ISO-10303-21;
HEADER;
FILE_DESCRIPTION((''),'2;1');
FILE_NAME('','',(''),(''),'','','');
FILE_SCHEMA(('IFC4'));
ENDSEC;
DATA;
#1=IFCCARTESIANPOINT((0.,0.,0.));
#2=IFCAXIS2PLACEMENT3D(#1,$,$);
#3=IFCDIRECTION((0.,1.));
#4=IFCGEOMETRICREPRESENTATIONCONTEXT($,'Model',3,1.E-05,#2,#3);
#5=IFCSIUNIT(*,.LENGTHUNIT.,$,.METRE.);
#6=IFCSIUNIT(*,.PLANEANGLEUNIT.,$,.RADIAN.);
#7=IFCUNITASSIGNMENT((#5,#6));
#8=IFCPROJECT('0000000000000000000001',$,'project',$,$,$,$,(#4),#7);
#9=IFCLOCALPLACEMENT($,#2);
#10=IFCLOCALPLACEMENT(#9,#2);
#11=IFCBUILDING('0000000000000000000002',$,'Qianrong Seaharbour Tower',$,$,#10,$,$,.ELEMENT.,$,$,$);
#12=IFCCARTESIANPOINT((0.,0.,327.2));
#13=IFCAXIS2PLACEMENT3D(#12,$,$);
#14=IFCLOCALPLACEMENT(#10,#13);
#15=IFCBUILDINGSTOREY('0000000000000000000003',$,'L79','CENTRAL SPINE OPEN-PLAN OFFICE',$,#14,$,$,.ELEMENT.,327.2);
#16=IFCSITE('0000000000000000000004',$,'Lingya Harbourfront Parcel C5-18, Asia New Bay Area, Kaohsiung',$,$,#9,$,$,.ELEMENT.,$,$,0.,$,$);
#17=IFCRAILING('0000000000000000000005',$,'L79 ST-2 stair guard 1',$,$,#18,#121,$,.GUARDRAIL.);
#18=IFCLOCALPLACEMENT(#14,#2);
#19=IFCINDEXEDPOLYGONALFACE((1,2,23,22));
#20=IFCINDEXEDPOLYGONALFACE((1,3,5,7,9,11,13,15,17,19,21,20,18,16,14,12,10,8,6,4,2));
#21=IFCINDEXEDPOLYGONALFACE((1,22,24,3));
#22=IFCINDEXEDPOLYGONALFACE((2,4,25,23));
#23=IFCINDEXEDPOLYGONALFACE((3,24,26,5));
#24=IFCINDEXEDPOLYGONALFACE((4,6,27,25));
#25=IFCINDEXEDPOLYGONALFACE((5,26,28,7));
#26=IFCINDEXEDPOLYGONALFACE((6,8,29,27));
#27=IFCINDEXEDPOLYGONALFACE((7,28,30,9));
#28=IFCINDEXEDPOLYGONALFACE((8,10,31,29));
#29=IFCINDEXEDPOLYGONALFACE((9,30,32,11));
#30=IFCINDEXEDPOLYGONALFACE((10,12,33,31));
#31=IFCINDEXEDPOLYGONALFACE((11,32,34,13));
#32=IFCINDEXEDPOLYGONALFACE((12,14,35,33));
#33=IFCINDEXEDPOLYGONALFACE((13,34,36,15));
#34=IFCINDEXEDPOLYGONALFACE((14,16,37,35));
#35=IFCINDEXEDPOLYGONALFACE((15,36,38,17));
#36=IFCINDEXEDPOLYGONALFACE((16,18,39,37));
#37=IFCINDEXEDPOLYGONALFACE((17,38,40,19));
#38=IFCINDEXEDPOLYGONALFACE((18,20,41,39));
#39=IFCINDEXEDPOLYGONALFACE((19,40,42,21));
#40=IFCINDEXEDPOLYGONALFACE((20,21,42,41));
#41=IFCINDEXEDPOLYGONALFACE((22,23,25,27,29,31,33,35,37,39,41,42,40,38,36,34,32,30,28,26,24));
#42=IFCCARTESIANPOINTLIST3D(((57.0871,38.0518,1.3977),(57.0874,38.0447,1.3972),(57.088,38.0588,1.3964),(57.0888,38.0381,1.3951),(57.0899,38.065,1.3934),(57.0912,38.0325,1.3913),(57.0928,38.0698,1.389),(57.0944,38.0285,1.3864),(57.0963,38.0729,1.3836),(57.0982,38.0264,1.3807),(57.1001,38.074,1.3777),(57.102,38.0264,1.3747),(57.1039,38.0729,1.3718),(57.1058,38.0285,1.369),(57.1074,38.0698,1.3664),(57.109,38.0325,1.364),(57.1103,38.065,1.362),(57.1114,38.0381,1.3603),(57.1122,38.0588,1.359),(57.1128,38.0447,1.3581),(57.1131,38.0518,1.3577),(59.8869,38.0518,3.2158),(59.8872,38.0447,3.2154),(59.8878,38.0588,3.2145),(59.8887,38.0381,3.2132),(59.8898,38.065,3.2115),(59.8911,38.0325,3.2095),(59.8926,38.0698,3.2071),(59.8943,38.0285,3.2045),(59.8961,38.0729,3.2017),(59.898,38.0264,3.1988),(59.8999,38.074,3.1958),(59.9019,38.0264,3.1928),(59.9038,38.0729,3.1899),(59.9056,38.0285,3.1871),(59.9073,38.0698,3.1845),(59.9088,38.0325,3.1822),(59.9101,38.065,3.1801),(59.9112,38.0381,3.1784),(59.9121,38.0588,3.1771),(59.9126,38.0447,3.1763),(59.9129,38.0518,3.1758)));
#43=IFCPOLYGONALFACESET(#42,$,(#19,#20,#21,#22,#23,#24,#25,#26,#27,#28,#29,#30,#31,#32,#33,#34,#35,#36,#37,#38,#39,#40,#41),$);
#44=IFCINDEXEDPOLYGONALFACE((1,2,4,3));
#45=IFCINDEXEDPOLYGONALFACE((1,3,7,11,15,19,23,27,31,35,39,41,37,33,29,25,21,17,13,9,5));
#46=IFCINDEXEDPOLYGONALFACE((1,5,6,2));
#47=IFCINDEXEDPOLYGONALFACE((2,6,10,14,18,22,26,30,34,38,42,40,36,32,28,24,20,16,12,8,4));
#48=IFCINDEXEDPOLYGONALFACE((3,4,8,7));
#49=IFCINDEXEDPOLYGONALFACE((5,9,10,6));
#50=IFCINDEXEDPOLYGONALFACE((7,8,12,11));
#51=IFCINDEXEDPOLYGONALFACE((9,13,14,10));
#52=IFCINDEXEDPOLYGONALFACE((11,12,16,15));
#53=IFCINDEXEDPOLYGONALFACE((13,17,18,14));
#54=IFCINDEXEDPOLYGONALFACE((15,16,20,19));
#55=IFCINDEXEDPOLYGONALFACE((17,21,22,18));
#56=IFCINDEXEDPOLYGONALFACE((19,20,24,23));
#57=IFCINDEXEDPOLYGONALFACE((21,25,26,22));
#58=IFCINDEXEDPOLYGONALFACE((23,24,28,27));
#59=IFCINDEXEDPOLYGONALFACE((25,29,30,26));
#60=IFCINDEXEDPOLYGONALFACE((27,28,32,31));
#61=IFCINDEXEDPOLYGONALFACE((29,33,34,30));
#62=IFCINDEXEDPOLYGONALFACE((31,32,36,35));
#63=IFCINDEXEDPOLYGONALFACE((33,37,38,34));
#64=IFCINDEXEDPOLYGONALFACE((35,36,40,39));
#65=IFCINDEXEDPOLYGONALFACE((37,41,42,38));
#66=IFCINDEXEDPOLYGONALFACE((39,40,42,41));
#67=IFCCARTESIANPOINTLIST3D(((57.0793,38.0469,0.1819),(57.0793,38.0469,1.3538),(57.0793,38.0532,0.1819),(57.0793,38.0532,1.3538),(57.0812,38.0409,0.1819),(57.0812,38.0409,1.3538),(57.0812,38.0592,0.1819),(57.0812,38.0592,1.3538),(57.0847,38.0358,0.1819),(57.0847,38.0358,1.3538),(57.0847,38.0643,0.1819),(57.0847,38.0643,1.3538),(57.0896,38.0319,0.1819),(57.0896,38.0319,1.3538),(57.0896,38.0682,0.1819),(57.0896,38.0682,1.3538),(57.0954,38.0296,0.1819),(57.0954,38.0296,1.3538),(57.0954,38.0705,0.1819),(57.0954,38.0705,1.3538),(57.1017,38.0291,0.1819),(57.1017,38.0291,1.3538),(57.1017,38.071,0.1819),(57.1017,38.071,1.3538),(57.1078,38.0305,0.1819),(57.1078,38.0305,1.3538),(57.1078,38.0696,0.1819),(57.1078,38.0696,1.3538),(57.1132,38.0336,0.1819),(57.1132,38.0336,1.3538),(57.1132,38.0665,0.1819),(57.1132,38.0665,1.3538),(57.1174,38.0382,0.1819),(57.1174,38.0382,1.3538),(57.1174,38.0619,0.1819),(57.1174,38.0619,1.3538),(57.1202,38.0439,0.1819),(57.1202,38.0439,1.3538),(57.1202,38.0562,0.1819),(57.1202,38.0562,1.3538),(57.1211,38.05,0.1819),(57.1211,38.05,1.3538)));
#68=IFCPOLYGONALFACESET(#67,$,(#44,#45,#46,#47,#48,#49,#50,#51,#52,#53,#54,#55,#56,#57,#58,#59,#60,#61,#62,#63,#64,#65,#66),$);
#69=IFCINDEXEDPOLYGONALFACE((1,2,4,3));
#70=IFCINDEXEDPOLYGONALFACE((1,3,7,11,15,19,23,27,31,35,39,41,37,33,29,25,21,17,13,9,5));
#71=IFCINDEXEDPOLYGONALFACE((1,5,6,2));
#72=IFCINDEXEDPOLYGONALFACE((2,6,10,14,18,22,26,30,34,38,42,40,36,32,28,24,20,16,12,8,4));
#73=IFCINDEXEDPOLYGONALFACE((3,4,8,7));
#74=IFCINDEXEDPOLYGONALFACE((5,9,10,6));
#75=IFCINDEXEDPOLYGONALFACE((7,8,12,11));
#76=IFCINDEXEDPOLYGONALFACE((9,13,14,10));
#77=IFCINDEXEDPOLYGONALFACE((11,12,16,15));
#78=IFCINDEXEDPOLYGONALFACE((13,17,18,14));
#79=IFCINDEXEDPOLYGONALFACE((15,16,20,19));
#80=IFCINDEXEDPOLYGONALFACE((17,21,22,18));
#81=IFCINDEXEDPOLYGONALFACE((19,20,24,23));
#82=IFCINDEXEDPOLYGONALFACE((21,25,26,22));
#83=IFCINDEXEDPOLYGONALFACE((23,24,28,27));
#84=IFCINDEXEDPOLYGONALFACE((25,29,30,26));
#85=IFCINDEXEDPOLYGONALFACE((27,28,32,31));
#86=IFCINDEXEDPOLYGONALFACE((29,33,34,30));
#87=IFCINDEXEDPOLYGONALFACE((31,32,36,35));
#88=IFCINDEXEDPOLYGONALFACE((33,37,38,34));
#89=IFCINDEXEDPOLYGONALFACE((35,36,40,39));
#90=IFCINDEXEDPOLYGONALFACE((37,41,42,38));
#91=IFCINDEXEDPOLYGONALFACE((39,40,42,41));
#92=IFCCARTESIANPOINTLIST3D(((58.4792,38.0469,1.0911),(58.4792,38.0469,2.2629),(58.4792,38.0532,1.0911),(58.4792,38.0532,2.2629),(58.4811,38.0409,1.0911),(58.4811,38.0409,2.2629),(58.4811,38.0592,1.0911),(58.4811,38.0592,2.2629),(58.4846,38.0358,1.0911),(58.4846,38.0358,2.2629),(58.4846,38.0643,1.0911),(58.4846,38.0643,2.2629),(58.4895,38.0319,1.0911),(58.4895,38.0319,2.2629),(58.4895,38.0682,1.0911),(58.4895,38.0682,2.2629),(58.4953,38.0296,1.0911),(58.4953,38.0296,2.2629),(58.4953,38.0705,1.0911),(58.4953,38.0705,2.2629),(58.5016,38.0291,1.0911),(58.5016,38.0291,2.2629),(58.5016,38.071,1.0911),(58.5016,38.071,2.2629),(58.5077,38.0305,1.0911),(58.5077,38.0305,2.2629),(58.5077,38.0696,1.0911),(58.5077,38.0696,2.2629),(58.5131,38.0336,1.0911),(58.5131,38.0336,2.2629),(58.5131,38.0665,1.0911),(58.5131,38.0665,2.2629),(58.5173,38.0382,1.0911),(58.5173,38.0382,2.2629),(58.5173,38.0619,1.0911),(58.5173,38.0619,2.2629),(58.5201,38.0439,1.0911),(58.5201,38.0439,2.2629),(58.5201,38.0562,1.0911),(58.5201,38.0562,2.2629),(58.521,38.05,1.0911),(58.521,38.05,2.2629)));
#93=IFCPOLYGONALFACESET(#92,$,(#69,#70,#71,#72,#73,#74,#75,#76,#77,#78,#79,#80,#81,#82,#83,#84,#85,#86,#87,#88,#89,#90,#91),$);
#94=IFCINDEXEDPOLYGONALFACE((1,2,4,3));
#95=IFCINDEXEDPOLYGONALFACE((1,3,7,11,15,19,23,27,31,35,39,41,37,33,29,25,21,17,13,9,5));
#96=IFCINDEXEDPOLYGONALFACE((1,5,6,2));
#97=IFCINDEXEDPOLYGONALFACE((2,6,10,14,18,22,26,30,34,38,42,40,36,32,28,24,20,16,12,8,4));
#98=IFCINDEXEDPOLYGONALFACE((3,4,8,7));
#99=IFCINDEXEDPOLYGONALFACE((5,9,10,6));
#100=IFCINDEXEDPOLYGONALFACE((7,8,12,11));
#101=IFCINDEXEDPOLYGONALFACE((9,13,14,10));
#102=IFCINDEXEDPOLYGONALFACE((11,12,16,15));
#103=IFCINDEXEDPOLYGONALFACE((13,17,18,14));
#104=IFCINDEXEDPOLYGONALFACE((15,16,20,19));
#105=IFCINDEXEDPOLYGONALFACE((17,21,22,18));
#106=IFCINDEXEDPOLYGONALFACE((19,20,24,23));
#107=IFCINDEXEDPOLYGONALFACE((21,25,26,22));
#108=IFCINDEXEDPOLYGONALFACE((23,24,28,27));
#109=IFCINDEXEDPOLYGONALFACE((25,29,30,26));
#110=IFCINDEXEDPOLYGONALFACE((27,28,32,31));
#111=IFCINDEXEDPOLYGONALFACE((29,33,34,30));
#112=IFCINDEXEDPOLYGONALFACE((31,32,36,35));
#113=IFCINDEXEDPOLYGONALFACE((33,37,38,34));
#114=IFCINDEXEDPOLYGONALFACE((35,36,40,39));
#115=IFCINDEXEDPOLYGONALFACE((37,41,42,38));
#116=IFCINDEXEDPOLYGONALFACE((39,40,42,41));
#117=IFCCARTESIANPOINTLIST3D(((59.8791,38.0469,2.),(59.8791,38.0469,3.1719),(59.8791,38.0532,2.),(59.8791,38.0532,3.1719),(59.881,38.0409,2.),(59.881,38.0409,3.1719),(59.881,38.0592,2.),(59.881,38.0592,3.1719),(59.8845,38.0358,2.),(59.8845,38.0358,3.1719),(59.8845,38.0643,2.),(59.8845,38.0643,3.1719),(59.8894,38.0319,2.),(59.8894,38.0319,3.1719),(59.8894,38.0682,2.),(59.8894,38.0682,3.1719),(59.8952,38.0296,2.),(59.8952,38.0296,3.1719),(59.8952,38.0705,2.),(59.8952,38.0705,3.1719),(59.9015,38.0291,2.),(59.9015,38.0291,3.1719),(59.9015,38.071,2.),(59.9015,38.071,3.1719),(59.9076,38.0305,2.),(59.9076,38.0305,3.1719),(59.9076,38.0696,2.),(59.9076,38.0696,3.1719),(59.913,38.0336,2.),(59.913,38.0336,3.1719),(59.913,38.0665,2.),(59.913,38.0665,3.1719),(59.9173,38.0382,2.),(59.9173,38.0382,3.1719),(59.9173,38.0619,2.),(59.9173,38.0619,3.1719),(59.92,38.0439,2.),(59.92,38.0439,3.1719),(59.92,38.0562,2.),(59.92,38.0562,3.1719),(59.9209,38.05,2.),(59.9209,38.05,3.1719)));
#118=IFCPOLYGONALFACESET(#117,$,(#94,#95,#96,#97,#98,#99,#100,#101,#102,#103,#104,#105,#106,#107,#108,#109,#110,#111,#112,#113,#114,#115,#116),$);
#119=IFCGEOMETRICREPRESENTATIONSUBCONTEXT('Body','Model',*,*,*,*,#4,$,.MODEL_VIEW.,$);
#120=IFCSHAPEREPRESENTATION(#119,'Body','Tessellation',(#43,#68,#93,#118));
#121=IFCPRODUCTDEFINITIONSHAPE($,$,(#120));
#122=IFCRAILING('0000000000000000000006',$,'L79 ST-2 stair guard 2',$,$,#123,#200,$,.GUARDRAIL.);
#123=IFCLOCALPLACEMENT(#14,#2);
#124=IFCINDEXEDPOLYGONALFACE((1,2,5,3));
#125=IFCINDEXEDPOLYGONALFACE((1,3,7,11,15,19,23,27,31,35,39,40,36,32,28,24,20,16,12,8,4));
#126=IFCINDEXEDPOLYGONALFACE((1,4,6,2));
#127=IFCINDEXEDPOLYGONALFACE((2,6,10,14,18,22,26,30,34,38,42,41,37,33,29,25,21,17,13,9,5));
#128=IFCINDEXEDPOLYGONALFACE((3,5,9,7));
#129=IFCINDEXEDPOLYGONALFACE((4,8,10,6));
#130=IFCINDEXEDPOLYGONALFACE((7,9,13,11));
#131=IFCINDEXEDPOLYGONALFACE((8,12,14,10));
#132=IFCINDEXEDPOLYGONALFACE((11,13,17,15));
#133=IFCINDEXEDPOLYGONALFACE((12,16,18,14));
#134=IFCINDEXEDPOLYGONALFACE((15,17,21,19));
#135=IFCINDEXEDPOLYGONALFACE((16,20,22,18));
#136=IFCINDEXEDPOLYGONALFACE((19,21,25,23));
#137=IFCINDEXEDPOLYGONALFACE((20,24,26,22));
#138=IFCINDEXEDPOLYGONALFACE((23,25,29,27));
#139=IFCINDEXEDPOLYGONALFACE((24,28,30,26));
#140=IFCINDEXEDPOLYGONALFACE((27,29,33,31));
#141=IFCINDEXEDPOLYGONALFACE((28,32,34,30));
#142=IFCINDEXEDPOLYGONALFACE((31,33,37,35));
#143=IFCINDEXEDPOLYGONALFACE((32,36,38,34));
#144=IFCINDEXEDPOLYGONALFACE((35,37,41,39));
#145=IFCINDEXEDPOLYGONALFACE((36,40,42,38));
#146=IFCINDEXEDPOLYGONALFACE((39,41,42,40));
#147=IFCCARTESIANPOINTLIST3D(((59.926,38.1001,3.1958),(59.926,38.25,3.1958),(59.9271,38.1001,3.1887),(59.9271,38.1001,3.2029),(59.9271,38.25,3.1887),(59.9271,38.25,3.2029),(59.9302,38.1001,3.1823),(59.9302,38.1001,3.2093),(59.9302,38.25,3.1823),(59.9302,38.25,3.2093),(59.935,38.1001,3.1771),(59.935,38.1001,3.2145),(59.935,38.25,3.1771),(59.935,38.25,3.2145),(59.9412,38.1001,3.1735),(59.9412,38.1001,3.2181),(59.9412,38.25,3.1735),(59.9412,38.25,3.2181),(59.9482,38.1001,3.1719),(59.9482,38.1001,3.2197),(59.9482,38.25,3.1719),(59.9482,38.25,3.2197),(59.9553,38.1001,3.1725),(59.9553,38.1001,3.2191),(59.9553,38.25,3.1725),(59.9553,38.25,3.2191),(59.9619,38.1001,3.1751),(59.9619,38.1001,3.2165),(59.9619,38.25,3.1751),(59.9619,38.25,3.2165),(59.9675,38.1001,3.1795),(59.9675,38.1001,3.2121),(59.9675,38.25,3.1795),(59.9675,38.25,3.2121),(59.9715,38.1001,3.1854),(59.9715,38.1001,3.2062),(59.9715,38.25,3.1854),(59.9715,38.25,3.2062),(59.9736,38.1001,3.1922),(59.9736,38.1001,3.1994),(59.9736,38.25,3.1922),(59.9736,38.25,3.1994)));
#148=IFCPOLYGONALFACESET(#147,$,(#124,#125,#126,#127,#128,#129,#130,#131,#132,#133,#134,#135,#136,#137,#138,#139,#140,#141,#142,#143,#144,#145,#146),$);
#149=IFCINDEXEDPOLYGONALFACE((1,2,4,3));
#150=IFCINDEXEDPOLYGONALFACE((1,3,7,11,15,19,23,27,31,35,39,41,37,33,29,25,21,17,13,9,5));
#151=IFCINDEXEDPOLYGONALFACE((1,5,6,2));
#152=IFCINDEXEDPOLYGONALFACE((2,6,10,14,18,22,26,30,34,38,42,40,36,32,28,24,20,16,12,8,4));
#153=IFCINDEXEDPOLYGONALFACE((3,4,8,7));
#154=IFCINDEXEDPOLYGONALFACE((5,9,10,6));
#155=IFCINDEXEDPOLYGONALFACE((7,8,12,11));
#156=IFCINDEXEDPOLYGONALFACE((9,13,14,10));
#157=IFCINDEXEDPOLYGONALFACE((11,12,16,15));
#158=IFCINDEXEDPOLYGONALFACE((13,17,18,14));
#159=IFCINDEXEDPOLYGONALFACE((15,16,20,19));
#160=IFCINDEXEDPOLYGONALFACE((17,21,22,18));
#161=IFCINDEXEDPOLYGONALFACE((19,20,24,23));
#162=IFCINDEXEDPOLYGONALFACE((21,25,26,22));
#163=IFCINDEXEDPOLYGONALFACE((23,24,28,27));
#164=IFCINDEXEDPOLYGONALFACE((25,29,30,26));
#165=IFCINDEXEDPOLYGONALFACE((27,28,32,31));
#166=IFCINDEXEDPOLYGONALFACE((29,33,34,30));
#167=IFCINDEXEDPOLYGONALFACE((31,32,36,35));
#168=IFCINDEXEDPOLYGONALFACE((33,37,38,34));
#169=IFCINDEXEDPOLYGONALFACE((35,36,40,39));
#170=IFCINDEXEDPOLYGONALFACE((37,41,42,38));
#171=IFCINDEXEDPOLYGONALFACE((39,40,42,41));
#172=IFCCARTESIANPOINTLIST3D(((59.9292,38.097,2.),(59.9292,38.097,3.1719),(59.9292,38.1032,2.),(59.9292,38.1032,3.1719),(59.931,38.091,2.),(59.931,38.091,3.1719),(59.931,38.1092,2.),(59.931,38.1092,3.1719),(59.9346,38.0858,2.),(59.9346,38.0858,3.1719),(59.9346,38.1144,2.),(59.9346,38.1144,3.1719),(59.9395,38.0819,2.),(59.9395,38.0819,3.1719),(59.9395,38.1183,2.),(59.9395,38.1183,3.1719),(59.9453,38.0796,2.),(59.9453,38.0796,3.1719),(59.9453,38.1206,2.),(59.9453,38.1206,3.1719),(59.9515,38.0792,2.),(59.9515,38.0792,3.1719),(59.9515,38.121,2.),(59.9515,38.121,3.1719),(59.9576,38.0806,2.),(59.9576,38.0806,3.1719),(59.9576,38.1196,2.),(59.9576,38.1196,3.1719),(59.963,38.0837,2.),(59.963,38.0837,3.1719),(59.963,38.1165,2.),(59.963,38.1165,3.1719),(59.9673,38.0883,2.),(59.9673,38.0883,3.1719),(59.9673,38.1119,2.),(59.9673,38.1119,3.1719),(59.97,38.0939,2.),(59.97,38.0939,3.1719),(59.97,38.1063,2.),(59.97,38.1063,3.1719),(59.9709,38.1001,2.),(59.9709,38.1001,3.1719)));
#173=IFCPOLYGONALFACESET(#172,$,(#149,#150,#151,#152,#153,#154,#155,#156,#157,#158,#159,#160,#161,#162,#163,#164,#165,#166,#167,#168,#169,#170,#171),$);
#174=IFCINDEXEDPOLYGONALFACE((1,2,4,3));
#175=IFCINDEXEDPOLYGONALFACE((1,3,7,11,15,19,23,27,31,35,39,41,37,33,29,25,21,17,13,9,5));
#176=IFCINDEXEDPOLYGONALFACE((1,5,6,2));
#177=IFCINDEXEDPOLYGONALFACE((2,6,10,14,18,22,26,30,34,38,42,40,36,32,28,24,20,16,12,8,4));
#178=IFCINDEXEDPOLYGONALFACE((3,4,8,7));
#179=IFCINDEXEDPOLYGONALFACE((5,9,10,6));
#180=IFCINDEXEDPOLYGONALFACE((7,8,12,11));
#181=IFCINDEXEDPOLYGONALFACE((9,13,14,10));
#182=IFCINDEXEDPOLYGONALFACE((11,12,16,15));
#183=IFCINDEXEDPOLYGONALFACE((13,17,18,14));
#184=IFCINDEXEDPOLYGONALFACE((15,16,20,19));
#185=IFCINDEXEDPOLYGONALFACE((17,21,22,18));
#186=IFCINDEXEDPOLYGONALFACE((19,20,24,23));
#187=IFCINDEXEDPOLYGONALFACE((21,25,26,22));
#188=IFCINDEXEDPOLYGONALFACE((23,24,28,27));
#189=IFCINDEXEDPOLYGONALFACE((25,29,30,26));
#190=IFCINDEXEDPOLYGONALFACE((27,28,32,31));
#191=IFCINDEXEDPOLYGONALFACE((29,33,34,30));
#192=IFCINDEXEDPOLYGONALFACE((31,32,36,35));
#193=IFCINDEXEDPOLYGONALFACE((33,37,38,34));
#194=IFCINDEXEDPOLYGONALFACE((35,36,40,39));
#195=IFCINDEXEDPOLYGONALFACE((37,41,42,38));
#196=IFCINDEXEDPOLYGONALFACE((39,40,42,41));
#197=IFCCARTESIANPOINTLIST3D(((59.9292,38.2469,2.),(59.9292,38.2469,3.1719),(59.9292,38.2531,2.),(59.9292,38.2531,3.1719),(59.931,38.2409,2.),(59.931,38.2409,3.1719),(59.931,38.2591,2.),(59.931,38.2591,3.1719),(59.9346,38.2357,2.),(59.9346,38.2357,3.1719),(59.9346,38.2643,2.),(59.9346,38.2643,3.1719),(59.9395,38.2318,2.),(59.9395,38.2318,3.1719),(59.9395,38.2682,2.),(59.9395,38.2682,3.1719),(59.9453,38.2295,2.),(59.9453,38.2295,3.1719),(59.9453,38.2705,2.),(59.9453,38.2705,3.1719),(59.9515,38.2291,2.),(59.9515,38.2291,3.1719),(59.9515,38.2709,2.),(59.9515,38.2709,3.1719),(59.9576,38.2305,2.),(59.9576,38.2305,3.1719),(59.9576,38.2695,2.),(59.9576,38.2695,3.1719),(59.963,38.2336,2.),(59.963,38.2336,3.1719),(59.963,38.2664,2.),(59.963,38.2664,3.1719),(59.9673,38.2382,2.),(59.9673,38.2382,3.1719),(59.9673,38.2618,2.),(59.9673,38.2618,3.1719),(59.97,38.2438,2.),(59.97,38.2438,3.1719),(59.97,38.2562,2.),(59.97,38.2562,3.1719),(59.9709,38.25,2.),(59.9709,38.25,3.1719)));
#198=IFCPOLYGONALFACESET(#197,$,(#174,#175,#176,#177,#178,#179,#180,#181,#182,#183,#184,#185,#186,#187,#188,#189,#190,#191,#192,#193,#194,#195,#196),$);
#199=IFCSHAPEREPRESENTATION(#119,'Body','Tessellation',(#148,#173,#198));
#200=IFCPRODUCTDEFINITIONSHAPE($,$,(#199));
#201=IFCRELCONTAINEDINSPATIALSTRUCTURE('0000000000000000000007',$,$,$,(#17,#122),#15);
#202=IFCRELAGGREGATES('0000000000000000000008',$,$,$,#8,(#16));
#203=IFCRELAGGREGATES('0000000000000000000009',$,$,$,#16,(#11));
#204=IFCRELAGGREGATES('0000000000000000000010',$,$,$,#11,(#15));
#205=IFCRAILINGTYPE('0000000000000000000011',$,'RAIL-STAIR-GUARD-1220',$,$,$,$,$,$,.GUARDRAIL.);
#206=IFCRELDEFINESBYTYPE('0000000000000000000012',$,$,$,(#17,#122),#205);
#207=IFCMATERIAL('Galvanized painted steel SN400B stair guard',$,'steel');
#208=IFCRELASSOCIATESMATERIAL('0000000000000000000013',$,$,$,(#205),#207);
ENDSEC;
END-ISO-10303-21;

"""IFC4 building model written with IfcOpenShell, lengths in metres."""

from ifc_helpers import new_model, si_unit, direction, frame, origin, origin_2d, place, context, subcontext, project, spatial, circle, extrude, material, type_object, element, save


model = new_model("IFC4")

# Units and contexts
model_context = context("Model", 3, precision=1e-05, world=origin(), true_north=direction((0.0, 1.0)))
body_context = subcontext(model_context, "Body", "Model", "MODEL_VIEW")
ifc_project = project(units=[si_unit("LENGTHUNIT", "METRE"), si_unit("PLANEANGLEUNIT", "RADIAN")], contexts=[model_context])

# Site, building, storey
site_placement = place(None, origin())
site = spatial("IfcSite", under=ifc_project, at=site_placement, Name="Lingya Harbourfront Parcel C5-18, Asia New Bay Area, Kaohsiung", CompositionType="ELEMENT", RefElevation=0.0)
building_placement = place(site_placement, origin())
building = spatial("IfcBuilding", under=site, at=building_placement, Name="Qianrong Seaharbour Tower", CompositionType="ELEMENT")
storey_placement = place(building_placement, frame((0.0, 0.0, 327.2)))
storey = spatial("IfcBuildingStorey", under=building, at=storey_placement, Name="L79", Description="CENTRAL SPINE OPEN-PLAN OFFICE", CompositionType="ELEMENT", Elevation=327.2)

# Railings
ifc_material_1 = material(Name="Galvanized painted steel SN400B stair guard", Category="steel")
railing_type_1 = type_object("IfcRailingType", Name="RAIL-STAIR-GUARD-1220", PredefinedType="GUARDRAIL", material=ifc_material_1)
railing_1_placement = place(storey_placement, frame((57.1001, 38.05, 0.1819)))
element("IfcRailing", 1, at=railing_1_placement, inside=storey, type_object=railing_type_1, Name="L79 ST-2 stair guard 1", PredefinedType="GUARDRAIL", context=body_context, shape_type="SweptSolid", body=[
    extrude(circle(Radius=0.0239, at=origin_2d()), frame((0.0, 0.0, 1.1958), z_axis=(0.838684, 0.0, 0.544618), x_axis=(0.0, 1.0, 0.0)), (0.0, 0.0, 1.0), 3.3384),
    extrude(circle(Radius=0.021, at=origin_2d()), origin(), (0.0, 0.0, 1.0), 1.1719),
    extrude(circle(Radius=0.021, at=origin_2d()), frame((1.3999, 0.0, 0.9092)), (0.0, 0.0, 1.0), 1.1719),
    extrude(circle(Radius=0.021, at=origin_2d()), frame((2.7998, 0.0, 1.8181)), (0.0, 0.0, 1.0), 1.1719),
])
railing_2_placement = place(storey_placement, frame((59.95, 38.1001, 2.0)))
element("IfcRailing", 2, at=railing_2_placement, inside=storey, type_object=railing_type_1, Name="L79 ST-2 stair guard 2", PredefinedType="GUARDRAIL", context=body_context, shape_type="SweptSolid", body=[
    extrude(circle(Radius=0.0239, at=origin_2d()), frame((0.0, 0.0, 1.1958), z_axis=(0.0, 1.0, 0.0), x_axis=(-1.0, 0.0, 0.0)), (0.0, 0.0, 1.0), 0.1499),
    extrude(circle(Radius=0.021, at=origin_2d()), origin(), (0.0, 0.0, 1.0), 1.1719),
    extrude(circle(Radius=0.021, at=origin_2d()), frame((0.0, 0.1499, 0.0)), (0.0, 0.0, 1.0), 1.1719),
])

save(model, "model.ifc")
